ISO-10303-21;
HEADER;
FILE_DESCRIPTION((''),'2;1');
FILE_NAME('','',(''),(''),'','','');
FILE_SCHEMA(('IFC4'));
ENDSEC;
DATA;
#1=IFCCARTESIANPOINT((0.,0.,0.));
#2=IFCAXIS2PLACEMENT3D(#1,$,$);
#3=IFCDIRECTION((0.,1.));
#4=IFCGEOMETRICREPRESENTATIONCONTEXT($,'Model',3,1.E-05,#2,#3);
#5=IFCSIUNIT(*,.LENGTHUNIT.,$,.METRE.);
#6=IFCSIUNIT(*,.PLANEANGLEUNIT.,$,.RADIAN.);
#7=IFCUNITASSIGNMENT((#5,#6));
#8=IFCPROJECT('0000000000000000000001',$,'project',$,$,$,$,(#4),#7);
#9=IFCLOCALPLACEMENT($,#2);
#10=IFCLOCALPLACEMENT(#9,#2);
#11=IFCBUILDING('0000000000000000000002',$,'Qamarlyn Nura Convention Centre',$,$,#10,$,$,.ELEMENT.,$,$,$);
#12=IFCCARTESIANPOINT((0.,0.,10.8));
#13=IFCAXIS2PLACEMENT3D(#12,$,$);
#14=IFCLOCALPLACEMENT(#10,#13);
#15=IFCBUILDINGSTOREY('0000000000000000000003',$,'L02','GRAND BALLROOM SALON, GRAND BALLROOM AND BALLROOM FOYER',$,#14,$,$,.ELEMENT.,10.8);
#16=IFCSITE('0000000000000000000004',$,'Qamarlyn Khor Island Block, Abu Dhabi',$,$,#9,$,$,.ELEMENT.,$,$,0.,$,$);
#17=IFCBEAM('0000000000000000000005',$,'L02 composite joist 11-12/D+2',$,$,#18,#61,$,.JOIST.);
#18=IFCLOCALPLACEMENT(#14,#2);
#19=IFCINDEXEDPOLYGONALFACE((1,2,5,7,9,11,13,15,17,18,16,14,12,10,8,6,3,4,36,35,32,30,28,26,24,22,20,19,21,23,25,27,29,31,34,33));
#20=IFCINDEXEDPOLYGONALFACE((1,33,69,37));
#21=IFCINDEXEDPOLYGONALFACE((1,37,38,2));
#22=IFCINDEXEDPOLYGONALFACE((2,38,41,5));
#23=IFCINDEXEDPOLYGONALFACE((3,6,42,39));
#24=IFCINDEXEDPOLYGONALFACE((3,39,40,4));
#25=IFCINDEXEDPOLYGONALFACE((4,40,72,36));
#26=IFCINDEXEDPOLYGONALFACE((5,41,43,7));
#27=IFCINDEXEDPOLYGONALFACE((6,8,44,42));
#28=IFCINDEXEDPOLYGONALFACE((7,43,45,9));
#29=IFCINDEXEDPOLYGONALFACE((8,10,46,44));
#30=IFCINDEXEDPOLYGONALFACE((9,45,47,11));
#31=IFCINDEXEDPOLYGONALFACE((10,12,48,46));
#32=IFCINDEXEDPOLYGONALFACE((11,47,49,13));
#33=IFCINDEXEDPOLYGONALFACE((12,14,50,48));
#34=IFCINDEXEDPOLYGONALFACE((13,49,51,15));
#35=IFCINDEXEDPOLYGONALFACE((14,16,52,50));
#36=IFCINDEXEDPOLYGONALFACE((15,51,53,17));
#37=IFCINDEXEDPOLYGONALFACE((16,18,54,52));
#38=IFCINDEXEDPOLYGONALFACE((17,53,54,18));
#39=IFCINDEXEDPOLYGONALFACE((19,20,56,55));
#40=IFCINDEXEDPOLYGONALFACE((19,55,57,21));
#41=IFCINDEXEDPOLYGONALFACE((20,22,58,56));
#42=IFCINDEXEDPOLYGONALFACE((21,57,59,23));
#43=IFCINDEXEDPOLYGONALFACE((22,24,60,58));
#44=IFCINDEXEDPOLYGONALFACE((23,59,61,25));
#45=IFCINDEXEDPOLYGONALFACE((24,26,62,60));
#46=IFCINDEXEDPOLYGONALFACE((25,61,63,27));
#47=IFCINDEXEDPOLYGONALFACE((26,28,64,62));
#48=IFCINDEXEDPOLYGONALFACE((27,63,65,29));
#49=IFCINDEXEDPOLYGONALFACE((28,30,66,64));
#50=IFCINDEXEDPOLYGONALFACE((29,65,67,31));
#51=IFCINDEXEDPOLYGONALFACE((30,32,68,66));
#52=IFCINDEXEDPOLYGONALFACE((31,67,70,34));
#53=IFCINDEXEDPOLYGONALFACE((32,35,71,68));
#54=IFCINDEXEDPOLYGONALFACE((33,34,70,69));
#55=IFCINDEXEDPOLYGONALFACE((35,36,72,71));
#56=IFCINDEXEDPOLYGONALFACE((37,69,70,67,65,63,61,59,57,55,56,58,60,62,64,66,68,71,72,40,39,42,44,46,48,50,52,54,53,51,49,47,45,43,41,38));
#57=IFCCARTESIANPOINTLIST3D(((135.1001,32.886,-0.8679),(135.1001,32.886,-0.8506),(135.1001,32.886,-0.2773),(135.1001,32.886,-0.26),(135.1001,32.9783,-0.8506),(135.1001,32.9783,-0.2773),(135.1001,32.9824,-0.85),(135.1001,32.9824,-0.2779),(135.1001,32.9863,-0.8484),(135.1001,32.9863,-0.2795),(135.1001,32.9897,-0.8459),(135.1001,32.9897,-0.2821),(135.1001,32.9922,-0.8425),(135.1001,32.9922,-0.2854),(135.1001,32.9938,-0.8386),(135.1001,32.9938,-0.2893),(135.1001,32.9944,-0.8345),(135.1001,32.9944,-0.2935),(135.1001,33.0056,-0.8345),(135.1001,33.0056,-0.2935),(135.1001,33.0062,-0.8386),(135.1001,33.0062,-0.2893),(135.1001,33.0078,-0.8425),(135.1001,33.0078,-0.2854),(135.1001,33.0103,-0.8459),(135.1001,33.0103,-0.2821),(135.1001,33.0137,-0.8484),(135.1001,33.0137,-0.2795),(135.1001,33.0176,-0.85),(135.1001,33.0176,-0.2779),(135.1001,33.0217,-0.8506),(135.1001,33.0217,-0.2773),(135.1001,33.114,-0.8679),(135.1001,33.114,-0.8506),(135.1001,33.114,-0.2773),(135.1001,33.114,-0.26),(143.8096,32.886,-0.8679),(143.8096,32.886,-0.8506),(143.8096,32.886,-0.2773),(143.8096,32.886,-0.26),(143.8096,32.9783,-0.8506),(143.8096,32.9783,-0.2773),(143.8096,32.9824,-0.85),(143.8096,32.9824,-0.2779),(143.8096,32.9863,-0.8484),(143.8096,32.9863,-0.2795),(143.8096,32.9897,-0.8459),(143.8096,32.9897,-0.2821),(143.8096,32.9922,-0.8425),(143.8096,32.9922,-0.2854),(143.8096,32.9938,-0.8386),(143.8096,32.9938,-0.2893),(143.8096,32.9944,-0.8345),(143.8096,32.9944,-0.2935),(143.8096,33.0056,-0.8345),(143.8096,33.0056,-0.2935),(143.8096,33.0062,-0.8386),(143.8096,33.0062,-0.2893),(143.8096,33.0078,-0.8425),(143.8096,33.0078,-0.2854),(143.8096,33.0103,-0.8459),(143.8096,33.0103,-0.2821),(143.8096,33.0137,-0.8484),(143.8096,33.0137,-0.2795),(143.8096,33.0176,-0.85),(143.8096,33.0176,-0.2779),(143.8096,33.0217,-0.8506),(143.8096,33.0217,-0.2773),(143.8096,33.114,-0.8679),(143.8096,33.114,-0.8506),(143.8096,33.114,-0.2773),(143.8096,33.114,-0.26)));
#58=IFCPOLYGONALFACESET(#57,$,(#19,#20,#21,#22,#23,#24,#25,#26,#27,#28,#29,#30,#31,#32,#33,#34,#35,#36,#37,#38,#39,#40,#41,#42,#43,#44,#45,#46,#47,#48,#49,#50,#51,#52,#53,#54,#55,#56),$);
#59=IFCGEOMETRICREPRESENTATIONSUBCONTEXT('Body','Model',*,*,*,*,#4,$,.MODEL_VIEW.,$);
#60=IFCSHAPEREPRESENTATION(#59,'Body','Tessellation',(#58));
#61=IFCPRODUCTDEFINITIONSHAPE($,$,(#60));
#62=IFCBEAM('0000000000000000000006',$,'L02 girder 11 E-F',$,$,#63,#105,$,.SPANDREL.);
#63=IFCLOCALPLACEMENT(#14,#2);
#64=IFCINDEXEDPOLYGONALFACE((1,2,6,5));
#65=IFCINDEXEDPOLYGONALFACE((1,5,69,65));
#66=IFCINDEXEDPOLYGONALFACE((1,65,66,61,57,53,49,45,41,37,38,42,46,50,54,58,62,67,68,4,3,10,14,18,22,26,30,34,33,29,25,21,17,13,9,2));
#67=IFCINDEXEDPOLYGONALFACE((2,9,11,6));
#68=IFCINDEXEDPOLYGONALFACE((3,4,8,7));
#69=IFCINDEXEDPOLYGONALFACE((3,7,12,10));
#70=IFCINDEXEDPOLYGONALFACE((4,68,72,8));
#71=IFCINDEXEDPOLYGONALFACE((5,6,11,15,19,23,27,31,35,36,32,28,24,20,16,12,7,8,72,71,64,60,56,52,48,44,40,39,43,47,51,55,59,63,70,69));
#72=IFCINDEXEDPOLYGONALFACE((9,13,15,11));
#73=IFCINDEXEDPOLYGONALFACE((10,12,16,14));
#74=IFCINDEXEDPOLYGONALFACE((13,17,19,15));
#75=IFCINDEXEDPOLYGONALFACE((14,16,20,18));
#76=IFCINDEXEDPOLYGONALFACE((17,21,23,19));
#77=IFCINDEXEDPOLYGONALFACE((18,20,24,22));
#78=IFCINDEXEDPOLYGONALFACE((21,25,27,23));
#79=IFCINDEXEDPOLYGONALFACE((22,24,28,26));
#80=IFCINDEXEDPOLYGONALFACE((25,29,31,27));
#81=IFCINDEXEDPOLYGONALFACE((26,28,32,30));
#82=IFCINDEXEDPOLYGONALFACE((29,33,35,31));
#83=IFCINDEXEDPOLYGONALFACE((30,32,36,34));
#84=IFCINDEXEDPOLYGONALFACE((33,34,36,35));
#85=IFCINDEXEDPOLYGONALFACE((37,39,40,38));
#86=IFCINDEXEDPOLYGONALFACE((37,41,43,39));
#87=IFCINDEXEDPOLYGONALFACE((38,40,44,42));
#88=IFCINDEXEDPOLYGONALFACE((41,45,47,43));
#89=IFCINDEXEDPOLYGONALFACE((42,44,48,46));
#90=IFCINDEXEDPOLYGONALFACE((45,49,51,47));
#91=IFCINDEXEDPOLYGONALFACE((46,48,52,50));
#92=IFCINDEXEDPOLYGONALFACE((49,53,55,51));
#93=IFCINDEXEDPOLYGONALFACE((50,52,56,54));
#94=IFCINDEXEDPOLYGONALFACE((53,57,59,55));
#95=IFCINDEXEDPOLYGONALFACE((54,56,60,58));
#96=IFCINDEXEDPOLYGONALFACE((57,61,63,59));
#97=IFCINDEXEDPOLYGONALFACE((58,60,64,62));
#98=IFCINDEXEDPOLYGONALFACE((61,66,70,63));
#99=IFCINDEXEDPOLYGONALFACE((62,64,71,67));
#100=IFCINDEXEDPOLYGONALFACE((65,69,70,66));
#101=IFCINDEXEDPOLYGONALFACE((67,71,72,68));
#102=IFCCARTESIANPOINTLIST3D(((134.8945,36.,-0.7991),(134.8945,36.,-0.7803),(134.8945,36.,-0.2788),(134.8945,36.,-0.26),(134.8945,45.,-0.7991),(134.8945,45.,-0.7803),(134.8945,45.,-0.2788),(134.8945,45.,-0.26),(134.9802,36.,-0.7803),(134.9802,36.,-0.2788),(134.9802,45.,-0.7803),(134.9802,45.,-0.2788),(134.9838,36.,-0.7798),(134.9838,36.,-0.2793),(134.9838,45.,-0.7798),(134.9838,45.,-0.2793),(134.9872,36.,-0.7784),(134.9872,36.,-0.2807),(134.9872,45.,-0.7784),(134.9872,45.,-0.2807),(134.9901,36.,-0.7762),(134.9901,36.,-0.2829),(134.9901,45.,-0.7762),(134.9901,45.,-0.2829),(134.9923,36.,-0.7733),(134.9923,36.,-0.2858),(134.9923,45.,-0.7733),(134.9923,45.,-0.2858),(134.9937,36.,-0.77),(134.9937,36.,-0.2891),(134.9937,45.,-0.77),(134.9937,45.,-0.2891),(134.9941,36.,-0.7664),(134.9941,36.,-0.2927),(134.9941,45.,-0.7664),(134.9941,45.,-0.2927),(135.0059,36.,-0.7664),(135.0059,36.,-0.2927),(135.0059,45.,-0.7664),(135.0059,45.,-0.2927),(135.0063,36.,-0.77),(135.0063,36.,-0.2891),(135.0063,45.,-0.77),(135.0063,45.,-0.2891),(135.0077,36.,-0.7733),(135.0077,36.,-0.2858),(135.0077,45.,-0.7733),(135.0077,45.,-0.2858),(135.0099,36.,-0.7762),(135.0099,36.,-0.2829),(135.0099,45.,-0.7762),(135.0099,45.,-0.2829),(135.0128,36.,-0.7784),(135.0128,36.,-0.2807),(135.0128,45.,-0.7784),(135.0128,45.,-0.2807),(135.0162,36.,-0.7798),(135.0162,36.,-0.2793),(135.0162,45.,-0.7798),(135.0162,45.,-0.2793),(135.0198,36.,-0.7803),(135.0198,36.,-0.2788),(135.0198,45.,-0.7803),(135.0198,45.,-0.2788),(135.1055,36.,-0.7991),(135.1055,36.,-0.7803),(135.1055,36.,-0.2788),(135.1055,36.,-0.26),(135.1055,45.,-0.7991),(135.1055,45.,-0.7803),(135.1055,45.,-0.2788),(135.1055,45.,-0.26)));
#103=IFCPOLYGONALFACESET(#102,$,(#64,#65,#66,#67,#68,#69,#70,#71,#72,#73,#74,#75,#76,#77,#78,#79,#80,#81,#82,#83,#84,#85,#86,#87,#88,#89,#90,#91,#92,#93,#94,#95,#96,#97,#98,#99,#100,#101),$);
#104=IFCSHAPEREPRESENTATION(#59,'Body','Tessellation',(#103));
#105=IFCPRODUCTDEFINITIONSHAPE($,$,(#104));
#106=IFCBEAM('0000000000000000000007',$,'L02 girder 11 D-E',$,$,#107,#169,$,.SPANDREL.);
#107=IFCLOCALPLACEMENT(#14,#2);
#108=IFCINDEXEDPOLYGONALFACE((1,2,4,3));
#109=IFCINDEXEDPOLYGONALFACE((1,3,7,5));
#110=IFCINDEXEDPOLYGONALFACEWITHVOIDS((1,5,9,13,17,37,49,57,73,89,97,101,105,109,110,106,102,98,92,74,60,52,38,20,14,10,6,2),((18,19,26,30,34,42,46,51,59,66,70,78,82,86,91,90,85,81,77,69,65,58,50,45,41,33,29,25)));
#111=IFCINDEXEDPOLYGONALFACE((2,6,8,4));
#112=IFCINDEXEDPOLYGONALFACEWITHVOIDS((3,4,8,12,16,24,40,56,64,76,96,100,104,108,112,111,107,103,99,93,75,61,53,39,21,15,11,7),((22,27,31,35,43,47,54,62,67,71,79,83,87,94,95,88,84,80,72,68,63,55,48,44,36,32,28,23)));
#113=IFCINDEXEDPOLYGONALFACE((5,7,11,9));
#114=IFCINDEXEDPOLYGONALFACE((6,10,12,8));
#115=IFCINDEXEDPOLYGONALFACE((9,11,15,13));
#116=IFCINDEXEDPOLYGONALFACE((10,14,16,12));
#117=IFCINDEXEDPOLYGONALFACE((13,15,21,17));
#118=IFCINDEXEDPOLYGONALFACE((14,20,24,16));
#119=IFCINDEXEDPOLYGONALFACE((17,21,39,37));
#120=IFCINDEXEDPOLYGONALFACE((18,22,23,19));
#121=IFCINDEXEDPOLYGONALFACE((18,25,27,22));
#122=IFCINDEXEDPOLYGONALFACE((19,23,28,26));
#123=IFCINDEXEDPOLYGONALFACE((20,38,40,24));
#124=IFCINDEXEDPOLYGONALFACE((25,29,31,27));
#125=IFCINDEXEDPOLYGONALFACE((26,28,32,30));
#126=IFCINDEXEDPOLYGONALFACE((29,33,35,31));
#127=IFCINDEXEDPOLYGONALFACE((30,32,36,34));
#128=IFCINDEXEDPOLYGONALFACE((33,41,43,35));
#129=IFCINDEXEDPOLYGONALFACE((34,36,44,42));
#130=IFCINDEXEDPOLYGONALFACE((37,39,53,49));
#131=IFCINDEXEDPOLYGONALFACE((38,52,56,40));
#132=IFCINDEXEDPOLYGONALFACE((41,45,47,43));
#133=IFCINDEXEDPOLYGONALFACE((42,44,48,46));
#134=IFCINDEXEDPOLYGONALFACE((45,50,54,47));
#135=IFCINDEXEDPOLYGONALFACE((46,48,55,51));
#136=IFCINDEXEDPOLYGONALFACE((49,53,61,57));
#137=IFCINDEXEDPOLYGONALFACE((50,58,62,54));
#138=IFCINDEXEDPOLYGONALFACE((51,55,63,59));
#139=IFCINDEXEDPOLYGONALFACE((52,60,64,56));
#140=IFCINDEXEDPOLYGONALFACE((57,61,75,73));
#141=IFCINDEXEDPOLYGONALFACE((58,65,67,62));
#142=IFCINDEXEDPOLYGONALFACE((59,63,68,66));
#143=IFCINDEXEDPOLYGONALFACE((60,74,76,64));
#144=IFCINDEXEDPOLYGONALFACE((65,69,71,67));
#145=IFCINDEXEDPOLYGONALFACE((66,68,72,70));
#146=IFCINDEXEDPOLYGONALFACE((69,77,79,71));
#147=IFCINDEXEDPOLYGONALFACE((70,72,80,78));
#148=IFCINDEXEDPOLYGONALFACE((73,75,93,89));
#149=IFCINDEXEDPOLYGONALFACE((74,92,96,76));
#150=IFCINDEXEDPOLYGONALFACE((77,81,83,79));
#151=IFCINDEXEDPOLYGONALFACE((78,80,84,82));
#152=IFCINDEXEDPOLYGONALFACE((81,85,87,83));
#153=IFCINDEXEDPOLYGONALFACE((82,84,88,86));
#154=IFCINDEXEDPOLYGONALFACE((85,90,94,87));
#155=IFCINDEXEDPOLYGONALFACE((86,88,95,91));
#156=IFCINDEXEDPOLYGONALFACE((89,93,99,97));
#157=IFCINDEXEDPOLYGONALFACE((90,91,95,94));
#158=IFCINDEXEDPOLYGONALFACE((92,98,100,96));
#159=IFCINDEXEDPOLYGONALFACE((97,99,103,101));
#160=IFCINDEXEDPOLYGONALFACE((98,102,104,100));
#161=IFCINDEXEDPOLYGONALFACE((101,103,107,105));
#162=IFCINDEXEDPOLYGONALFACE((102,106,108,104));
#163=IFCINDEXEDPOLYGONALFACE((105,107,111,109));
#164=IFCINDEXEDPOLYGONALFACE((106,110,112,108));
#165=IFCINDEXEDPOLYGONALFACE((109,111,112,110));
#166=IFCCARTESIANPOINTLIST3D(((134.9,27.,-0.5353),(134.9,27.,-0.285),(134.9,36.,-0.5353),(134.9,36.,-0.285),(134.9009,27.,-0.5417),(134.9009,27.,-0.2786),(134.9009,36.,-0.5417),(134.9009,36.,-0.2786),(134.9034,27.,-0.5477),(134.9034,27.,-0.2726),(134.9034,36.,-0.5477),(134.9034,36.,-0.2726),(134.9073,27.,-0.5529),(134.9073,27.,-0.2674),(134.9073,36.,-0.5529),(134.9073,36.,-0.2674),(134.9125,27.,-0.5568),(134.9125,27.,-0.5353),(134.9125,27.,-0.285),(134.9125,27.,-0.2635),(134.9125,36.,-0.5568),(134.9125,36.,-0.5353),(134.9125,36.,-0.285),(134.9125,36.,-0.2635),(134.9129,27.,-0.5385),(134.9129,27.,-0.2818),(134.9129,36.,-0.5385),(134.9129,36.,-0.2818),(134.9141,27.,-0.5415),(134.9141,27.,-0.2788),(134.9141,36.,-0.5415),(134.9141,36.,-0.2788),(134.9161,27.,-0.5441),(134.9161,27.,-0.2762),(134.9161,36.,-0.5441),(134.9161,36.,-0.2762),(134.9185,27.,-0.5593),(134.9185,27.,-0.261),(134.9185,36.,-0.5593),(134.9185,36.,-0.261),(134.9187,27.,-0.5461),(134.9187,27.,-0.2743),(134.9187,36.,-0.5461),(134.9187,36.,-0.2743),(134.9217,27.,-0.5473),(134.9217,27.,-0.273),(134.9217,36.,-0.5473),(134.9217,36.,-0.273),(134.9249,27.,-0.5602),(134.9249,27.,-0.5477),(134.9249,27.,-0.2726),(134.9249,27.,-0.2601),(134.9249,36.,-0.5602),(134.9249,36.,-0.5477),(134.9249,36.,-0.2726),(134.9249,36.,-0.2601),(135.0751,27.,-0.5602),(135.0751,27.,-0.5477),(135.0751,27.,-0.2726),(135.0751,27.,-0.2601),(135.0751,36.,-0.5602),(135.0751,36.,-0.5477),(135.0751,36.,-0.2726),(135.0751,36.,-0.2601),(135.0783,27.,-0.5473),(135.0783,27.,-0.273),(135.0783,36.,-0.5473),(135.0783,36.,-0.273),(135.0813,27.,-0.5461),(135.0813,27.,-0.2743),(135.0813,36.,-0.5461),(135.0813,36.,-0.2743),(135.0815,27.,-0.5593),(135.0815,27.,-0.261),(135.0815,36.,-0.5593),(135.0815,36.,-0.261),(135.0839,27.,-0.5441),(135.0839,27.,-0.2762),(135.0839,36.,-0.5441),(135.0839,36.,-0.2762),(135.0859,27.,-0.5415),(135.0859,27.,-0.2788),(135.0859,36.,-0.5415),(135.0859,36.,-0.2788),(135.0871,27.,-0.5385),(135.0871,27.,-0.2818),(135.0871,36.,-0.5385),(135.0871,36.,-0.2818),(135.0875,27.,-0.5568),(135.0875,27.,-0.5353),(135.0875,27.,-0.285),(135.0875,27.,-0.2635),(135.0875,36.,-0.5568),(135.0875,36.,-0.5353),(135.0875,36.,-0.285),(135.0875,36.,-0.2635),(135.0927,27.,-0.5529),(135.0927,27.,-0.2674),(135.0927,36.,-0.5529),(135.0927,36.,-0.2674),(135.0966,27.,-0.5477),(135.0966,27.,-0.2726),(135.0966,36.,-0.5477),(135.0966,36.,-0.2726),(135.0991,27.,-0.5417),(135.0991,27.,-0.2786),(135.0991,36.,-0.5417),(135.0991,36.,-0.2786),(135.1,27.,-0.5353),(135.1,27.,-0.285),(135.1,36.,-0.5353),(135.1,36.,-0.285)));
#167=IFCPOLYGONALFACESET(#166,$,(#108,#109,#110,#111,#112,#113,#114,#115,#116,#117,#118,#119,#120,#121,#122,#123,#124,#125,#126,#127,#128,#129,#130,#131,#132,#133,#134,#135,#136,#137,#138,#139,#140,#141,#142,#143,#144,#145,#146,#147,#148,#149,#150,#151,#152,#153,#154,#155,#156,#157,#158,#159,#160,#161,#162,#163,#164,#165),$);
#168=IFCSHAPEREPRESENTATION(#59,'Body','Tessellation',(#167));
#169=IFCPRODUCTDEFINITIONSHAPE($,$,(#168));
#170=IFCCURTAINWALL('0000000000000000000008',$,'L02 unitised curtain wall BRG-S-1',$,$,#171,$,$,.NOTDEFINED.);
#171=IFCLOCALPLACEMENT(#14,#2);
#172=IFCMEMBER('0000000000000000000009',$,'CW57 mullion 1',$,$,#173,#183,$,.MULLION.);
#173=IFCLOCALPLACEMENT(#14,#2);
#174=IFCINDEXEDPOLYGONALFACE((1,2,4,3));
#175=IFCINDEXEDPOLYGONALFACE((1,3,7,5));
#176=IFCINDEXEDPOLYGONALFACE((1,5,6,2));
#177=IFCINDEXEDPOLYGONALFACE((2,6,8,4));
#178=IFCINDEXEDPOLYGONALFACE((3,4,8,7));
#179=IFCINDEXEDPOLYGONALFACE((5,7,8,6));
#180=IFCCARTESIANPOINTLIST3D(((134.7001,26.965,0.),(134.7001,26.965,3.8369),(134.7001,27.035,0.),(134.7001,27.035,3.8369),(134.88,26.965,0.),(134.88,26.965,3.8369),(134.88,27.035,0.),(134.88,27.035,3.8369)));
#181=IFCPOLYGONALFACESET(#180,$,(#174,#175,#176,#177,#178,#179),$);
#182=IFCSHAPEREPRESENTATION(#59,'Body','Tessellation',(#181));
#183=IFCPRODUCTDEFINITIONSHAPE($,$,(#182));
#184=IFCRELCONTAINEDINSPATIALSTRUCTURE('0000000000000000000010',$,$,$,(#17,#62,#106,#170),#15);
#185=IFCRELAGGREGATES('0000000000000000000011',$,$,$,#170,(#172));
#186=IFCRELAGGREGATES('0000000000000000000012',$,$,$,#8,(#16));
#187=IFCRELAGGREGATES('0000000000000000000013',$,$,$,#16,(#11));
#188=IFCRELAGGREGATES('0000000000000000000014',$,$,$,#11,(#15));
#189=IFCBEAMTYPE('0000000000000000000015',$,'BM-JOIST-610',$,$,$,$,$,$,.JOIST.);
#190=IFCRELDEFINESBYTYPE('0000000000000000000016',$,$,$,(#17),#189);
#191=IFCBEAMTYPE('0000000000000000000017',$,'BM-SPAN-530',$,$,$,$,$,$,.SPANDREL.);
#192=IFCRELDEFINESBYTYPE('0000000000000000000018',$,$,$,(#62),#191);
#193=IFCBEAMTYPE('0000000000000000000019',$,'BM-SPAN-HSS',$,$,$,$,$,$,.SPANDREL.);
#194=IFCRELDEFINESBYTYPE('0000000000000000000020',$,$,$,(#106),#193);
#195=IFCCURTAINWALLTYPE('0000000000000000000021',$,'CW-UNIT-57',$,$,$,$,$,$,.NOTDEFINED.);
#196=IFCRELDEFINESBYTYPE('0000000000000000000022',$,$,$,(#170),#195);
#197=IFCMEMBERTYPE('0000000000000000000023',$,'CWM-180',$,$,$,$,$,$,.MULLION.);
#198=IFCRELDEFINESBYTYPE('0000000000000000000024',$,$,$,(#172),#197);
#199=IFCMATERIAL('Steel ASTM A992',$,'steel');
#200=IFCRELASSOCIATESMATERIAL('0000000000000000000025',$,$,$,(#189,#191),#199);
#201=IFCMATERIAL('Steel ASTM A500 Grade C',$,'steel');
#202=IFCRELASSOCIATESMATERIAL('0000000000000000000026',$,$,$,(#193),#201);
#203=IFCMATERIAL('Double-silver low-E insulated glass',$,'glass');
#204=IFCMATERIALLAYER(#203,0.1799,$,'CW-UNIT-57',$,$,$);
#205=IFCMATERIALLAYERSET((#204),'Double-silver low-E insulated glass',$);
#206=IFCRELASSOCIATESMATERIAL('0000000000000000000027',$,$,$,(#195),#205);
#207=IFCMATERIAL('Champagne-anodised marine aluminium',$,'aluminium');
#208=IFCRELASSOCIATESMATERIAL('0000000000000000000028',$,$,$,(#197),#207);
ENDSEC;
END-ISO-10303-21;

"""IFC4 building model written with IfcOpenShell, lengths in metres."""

from ifc_helpers import new_model, si_unit, direction, frame, origin, origin_2d, place, context, subcontext, project, spatial, rectangle, hollow_rectangle, i_section, extrude, material, layer, layer_set, material_profile, profile_set, type_object, element, aggregate, save


model = new_model("IFC4")

# Units and contexts
model_context = context("Model", 3, precision=1e-05, world=origin(), true_north=direction((0.0, 1.0)))
body_context = subcontext(model_context, "Body", "Model", "MODEL_VIEW")
ifc_project = project(units=[si_unit("LENGTHUNIT", "METRE"), si_unit("PLANEANGLEUNIT", "RADIAN")], contexts=[model_context])

# Site, building, storey
site_placement = place(None, origin())
site = spatial("IfcSite", under=ifc_project, at=site_placement, Name="Qamarlyn Khor Island Block, Abu Dhabi", CompositionType="ELEMENT", RefElevation=0.0)
building_placement = place(site_placement, origin())
building = spatial("IfcBuilding", under=site, at=building_placement, Name="Qamarlyn Nura Convention Centre", CompositionType="ELEMENT")
storey_placement = place(building_placement, frame((0.0, 0.0, 10.8)))
storey = spatial("IfcBuildingStorey", under=building, at=storey_placement, Name="L02", Description="GRAND BALLROOM SALON, GRAND BALLROOM AND BALLROOM FOYER", CompositionType="ELEMENT", Elevation=10.8)

# Shared definitions
ifc_material_1 = material(Name="Steel ASTM A500 Grade C", Category="steel")
ifc_material_2 = material(Name="Steel ASTM A992", Category="steel")

# Beams
ifc_material_profile_1 = material_profile(ifc_material_2, i_section(OverallWidth=0.228, OverallDepth=0.6079, WebThickness=0.0112, FlangeThickness=0.0173, FilletRadius=0.0161, at=origin_2d()), Name="W610X113")
ifc_profile_set_1 = profile_set([ifc_material_profile_1], Name="Steel ASTM A992")
beam_type_1 = type_object("IfcBeamType", Name="BM-JOIST-610", PredefinedType="JOIST", material=ifc_profile_set_1)
for number, where, z_axis, x_axis, name in (
    (1, (135.1001, 33.0, -0.564), (1.0, 0.0, 0.0), (0.0, 1.0, 0.0), "L02 composite joist 11-12/D+2"),
):
    element("IfcBeam", number, at=place(storey_placement, frame(where, z_axis=z_axis, x_axis=x_axis)), inside=storey, type_object=beam_type_1, Name=name, PredefinedType="JOIST", context=body_context, shape_type="SweptSolid", body=[
        extrude(i_section(OverallWidth=0.228, OverallDepth=0.6079, WebThickness=0.0112, FlangeThickness=0.0173, FilletRadius=0.0161, at=origin_2d()), origin(), (0.0, 0.0, 1.0), 8.7095),
    ])
ifc_material_profile_2 = material_profile(ifc_material_2, i_section(OverallWidth=0.2109, OverallDepth=0.5391, WebThickness=0.0117, FlangeThickness=0.0188, FilletRadius=0.0139, at=origin_2d()), Name="W530X109")
ifc_profile_set_2 = profile_set([ifc_material_profile_2], Name="Steel ASTM A992")
beam_type_2 = type_object("IfcBeamType", Name="BM-SPAN-530", PredefinedType="SPANDREL", material=ifc_profile_set_2)
beam_1_placement = place(storey_placement, frame((135.0, 36.0, -0.5295), z_axis=(0.0, 1.0, 0.0), x_axis=(-1.0, 0.0, 0.0)))
element("IfcBeam", 2, at=beam_1_placement, inside=storey, type_object=beam_type_2, Name="L02 girder 11 E-F", PredefinedType="SPANDREL", context=body_context, shape_type="SweptSolid", body=[
    extrude(i_section(OverallWidth=0.2109, OverallDepth=0.5391, WebThickness=0.0117, FlangeThickness=0.0188, FilletRadius=0.0139, at=origin_2d()), origin(), (0.0, 0.0, 1.0), 9.0),
])
ifc_material_profile_3 = material_profile(ifc_material_1, hollow_rectangle(XDim=0.2, YDim=0.3, WallThickness=0.0125, InnerFilletRadius=0.0125, OuterFilletRadius=0.0249, at=origin_2d()), Name="HSS300X200X12.5")
ifc_profile_set_3 = profile_set([ifc_material_profile_3], Name="Steel ASTM A500 Grade C")
beam_type_3 = type_object("IfcBeamType", Name="BM-SPAN-HSS", PredefinedType="SPANDREL", material=ifc_profile_set_3)
beam_2_placement = place(storey_placement, frame((135.0, 27.0, -0.4102), z_axis=(0.0, 1.0, 0.0), x_axis=(-1.0, 0.0, 0.0)))
element("IfcBeam", 3, at=beam_2_placement, inside=storey, type_object=beam_type_3, Name="L02 girder 11 D-E", PredefinedType="SPANDREL", context=body_context, shape_type="SweptSolid", body=[
    extrude(hollow_rectangle(XDim=0.2, YDim=0.3, WallThickness=0.0125, InnerFilletRadius=0.0125, OuterFilletRadius=0.0249, at=origin_2d()), origin(), (0.0, 0.0, 1.0), 9.0),
])

# Curtain wall, member
ifc_material_3 = material(Name="Double-silver low-E insulated glass", Category="glass")
ifc_layer = layer(ifc_material_3, 0.1799, Name="CW-UNIT-57")
ifc_layer_set = layer_set([ifc_layer], Name="Double-silver low-E insulated glass")
curtain_wall_type = type_object("IfcCurtainWallType", Name="CW-UNIT-57", PredefinedType="NOTDEFINED", material=ifc_layer_set)
curtain_wall_placement = place(storey_placement, origin())
curtain_wall = element("IfcCurtainWall", 4, at=curtain_wall_placement, inside=storey, type_object=curtain_wall_type, Name="L02 unitised curtain wall BRG-S-1", PredefinedType="NOTDEFINED")
ifc_material_4 = material(Name="Champagne-anodised marine aluminium", Category="aluminium")
ifc_material_profile_4 = material_profile(ifc_material_4, rectangle(XDim=0.0701, YDim=0.1799, at=origin_2d()), Name="ALU MULLION 70x180")
ifc_profile_set_4 = profile_set([ifc_material_profile_4], Name="Champagne-anodised marine aluminium")
member_type_1 = type_object("IfcMemberType", Name="CWM-180", PredefinedType="MULLION", material=ifc_profile_set_4)
member_1_placement = place(storey_placement, frame((134.79, 27.0, 0.0), z_axis=(0.0, 0.0, 1.0), x_axis=(0.0, -1.0, 0.0)))
member_1 = element("IfcMember", 5, at=member_1_placement, type_object=member_type_1, Name="CW57 mullion 1", PredefinedType="MULLION", context=body_context, shape_type="SweptSolid", body=[
    extrude(rectangle(XDim=0.0701, YDim=0.1799, at=origin_2d()), origin(), (0.0, 0.0, 1.0), 3.8369),
])
aggregate(curtain_wall, [member_1])

save(model, "model.ifc")
